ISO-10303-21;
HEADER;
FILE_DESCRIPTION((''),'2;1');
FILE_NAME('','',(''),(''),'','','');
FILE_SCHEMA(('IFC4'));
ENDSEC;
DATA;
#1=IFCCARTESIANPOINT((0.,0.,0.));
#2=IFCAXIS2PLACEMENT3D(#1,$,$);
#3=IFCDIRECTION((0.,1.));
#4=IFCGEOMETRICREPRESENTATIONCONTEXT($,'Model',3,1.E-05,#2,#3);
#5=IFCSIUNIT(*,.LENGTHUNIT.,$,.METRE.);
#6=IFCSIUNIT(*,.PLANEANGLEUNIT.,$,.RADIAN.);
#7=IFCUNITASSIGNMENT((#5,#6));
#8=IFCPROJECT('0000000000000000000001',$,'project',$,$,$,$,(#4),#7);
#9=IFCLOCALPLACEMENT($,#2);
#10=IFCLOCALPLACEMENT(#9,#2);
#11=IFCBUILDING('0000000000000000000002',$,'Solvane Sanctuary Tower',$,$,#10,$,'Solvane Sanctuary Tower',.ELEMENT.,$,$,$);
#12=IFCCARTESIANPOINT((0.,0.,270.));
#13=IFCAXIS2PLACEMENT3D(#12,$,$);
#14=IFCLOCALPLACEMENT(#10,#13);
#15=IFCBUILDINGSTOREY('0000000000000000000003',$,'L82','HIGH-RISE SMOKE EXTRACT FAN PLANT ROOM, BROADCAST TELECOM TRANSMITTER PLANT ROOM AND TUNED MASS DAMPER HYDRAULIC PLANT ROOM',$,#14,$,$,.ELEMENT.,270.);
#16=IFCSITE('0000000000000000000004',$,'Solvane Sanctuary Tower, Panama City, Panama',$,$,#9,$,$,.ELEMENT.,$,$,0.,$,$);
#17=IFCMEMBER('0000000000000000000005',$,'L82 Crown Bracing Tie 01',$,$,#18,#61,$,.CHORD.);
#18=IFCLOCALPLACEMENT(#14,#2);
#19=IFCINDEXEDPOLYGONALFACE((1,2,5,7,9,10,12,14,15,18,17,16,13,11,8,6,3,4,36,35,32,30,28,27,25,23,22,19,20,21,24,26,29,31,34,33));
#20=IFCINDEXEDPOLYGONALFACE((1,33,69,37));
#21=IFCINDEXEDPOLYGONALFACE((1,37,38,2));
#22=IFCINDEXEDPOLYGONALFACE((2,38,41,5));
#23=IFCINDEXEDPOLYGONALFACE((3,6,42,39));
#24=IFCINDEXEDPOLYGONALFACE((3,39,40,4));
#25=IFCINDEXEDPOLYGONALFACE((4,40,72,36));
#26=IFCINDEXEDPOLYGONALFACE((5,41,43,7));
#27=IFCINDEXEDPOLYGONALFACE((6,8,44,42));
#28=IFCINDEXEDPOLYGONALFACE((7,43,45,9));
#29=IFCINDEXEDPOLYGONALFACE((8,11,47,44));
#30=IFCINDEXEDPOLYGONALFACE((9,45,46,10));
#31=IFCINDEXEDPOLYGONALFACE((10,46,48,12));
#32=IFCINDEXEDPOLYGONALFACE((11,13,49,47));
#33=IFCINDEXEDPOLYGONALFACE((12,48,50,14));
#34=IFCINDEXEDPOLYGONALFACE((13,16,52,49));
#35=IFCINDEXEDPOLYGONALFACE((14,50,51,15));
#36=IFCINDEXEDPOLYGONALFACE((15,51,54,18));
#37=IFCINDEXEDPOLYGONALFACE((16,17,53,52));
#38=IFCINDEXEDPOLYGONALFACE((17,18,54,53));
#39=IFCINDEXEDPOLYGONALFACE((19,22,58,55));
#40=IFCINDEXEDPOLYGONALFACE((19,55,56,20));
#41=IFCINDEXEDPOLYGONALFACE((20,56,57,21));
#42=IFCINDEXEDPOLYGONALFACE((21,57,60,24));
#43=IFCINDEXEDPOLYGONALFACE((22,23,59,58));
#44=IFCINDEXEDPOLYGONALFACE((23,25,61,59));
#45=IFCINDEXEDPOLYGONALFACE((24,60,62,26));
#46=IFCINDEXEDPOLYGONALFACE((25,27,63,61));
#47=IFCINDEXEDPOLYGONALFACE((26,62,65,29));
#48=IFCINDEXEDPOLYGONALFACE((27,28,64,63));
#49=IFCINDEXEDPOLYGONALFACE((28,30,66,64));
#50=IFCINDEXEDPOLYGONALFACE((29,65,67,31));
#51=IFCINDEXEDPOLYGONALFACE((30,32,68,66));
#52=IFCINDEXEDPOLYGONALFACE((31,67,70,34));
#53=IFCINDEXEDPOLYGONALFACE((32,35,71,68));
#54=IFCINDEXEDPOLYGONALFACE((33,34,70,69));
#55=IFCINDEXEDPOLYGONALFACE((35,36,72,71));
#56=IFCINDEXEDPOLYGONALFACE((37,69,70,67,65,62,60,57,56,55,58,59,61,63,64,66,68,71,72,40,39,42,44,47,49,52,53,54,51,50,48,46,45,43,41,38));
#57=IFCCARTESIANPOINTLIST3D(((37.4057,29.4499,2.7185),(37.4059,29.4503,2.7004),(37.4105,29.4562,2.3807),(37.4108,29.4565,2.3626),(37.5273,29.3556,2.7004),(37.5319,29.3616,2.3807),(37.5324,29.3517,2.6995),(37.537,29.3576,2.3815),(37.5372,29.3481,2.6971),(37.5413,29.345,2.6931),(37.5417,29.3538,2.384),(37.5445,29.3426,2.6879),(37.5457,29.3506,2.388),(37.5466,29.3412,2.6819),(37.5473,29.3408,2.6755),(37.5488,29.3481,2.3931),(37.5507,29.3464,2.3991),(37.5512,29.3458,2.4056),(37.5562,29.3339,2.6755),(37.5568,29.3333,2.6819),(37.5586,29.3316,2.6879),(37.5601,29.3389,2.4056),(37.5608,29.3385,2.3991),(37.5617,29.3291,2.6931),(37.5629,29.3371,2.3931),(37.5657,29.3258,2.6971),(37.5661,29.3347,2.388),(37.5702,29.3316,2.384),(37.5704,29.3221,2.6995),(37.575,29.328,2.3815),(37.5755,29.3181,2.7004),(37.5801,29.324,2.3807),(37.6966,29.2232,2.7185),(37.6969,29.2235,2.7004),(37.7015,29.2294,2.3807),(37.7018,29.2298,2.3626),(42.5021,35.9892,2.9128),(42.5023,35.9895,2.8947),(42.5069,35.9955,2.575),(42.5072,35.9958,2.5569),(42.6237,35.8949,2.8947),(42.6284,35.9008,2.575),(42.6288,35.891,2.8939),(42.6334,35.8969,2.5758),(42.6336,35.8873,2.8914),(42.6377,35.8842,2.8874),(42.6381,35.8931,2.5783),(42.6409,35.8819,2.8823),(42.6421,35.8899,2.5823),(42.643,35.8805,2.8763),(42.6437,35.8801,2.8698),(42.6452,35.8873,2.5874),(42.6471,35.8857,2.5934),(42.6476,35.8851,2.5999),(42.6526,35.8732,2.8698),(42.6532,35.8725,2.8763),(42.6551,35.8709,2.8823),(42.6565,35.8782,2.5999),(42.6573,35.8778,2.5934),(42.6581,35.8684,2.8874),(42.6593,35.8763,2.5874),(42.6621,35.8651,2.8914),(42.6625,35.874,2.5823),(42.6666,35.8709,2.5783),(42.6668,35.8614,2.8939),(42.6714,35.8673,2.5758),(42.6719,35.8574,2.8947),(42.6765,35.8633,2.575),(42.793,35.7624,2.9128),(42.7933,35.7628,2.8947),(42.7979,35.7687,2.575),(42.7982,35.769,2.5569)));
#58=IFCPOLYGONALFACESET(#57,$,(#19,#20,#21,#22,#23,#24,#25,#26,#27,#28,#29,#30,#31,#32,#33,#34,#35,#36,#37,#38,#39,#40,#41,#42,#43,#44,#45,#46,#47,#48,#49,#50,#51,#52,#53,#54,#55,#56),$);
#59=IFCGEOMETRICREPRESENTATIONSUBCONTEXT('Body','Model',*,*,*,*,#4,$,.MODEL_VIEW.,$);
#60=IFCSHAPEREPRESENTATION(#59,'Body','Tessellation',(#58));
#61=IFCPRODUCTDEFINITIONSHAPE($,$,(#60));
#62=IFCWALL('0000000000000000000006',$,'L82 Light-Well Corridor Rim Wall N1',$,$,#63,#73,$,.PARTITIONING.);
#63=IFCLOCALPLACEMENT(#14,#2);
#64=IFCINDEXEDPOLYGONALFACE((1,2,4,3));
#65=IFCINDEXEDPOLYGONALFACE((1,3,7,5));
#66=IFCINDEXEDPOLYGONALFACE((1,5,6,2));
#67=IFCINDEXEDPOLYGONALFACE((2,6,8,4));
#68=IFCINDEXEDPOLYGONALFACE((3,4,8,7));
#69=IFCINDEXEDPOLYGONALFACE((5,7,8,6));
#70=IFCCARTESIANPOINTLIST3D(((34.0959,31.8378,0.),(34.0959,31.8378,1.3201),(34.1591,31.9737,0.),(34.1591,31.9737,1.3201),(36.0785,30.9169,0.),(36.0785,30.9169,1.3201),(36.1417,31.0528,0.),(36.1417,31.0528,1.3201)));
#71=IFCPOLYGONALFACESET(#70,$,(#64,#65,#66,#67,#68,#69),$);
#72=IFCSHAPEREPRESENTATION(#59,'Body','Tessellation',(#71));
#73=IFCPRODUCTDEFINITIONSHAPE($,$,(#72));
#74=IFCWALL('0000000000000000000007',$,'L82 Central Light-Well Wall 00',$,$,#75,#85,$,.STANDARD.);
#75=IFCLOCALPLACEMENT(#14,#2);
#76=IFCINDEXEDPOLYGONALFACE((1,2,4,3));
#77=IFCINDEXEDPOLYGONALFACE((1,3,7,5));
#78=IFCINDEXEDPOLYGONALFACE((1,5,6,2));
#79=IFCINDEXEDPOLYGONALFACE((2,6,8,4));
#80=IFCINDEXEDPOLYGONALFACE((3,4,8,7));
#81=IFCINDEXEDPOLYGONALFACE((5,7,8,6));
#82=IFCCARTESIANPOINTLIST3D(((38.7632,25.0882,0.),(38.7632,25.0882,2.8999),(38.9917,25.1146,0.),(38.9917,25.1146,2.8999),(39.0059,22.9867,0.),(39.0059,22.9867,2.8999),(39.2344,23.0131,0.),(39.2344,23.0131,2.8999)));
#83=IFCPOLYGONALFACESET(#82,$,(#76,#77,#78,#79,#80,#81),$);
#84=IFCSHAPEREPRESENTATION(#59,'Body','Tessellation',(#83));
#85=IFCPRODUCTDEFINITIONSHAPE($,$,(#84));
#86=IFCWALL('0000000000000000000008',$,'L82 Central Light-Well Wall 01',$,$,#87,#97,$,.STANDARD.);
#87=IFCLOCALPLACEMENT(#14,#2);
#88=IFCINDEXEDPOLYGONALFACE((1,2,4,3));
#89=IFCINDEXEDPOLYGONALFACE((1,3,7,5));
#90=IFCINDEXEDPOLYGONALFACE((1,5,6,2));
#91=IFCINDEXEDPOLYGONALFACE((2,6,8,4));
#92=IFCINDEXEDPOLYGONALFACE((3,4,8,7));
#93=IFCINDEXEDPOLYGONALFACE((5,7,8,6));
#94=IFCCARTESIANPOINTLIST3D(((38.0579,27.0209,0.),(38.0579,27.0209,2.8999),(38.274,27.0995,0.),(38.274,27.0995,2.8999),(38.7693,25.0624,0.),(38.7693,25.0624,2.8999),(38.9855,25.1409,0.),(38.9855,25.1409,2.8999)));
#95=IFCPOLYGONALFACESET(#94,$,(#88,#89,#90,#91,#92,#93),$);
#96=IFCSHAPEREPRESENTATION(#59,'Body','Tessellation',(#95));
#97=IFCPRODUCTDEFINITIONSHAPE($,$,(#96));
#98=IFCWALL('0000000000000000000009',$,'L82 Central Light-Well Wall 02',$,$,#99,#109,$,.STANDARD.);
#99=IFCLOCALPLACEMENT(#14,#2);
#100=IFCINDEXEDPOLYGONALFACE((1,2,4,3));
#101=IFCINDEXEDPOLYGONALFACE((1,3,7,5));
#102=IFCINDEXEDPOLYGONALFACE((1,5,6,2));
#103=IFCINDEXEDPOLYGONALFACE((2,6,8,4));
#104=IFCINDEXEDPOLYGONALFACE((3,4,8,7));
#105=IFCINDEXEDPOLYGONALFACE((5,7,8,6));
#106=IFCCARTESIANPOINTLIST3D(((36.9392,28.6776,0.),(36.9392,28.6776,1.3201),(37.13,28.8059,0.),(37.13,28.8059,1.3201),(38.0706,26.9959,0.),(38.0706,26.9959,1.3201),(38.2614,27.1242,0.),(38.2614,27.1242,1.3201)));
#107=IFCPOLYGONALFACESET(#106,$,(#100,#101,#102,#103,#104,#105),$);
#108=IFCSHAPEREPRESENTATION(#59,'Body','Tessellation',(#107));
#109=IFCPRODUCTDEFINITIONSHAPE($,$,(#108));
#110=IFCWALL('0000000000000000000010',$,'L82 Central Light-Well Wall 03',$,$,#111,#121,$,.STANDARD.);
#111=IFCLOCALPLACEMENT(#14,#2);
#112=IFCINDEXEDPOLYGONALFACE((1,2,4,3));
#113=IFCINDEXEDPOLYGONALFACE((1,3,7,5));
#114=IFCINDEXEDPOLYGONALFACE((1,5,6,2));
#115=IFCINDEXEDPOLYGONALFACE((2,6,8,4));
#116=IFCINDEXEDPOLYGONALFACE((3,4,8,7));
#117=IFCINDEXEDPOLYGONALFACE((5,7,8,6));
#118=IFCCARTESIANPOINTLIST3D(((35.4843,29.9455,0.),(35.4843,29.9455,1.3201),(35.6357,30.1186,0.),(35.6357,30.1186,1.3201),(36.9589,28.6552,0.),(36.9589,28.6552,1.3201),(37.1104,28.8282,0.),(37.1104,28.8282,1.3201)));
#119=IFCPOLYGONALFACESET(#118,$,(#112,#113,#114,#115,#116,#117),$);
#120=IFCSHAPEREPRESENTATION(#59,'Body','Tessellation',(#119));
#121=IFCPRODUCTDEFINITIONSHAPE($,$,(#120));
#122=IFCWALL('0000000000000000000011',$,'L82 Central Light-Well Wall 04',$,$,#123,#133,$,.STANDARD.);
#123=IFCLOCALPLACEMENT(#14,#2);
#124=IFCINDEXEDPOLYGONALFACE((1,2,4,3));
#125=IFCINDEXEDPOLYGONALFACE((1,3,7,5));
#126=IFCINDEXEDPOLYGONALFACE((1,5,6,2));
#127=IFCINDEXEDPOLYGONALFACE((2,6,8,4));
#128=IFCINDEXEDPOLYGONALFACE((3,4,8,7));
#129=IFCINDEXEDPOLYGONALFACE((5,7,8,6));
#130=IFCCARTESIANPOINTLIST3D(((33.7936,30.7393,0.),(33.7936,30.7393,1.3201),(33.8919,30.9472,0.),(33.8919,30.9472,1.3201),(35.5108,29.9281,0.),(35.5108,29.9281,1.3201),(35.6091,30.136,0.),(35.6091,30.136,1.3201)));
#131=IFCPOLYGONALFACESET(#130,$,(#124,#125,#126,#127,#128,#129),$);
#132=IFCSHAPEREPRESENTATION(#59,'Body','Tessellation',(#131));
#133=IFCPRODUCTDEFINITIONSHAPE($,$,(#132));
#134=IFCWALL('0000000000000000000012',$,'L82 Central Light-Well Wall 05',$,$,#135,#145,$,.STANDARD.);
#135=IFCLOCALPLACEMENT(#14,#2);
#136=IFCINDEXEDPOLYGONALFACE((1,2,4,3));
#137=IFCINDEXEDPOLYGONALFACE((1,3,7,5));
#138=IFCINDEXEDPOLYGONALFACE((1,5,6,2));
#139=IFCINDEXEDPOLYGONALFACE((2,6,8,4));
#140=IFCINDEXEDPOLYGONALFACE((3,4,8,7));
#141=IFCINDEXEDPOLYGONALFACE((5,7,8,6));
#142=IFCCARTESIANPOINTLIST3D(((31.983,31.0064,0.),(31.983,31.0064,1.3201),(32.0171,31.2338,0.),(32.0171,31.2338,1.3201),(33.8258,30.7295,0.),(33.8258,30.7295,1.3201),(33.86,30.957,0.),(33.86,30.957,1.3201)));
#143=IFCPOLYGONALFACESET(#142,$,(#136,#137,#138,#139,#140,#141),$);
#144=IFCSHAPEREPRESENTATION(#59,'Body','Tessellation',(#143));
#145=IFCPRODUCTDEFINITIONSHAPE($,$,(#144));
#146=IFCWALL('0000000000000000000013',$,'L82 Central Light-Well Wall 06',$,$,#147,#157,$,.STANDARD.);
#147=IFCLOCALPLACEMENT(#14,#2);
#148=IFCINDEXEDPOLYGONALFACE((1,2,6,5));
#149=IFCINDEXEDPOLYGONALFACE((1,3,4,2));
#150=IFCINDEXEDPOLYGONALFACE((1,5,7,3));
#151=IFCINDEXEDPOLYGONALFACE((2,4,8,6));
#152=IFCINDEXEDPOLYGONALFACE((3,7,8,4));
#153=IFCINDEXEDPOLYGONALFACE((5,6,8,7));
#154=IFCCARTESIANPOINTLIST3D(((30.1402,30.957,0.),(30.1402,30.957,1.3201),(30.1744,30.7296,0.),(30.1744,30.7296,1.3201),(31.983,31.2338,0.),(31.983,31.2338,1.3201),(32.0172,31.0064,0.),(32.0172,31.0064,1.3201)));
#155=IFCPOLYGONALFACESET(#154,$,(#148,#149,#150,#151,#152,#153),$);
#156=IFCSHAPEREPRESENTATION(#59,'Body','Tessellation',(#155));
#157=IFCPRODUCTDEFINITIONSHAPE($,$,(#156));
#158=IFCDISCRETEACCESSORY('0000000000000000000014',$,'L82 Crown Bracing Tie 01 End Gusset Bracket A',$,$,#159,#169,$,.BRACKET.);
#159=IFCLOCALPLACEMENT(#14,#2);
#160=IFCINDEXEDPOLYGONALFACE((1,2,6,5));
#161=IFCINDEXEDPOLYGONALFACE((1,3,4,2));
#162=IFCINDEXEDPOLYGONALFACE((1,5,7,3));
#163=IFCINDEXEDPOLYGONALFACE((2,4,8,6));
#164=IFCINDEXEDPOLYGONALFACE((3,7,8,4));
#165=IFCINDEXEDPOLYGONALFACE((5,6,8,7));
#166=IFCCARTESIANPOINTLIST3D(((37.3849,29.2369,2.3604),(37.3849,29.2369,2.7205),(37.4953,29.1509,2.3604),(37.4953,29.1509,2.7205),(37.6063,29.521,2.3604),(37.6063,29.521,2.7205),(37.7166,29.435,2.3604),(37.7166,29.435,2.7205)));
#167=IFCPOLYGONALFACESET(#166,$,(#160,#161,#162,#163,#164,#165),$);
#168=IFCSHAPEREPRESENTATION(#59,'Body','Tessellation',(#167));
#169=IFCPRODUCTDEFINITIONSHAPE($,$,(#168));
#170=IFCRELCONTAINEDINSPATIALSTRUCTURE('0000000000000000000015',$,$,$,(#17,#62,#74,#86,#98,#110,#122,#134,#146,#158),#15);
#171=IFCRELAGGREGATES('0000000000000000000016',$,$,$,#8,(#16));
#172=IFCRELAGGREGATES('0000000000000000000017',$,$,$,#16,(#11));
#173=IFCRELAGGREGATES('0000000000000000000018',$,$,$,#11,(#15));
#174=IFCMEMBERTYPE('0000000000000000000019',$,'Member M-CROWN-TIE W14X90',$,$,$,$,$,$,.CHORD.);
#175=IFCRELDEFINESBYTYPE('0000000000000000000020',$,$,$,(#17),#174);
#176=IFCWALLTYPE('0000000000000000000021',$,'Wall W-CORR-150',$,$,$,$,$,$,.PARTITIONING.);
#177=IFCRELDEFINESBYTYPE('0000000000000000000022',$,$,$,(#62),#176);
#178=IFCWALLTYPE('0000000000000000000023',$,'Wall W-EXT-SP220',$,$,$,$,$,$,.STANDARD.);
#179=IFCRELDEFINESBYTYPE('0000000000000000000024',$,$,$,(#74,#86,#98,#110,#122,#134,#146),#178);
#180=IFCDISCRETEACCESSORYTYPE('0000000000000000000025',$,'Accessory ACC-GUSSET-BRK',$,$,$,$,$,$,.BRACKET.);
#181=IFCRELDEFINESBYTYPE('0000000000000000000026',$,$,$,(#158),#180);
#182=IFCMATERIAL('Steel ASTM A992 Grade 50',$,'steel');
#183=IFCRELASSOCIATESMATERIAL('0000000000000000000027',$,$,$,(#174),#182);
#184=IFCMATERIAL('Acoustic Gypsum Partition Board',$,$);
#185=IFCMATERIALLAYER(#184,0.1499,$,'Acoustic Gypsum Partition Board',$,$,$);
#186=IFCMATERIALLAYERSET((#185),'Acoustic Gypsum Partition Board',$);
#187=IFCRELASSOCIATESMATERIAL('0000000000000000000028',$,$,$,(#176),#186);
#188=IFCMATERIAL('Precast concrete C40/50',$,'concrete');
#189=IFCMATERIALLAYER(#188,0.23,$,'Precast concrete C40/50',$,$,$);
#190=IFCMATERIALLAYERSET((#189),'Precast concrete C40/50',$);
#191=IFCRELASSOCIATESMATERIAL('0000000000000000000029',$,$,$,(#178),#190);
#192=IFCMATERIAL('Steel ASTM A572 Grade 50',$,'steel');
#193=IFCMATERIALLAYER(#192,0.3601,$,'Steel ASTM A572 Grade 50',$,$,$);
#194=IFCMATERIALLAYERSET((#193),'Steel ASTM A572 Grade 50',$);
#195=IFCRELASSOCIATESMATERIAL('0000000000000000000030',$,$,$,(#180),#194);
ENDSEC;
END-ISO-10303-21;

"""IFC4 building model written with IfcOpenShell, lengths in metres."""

from ifc_helpers import new_model, si_unit, direction, frame, frame_2d, origin, origin_2d, place, context, subcontext, project, spatial, rectangle, i_section, extrude, material, layer, layer_set, material_profile, profile_set, type_object, element, save


model = new_model("IFC4")

# Units and contexts
model_context = context("Model", 3, precision=1e-05, world=origin(), true_north=direction((0.0, 1.0)))
body_context = subcontext(model_context, "Body", "Model", "MODEL_VIEW")
ifc_project = project(units=[si_unit("LENGTHUNIT", "METRE"), si_unit("PLANEANGLEUNIT", "RADIAN")], contexts=[model_context])

# Site, building, storey
site_placement = place(None, origin())
site = spatial("IfcSite", under=ifc_project, at=site_placement, Name="Solvane Sanctuary Tower, Panama City, Panama", CompositionType="ELEMENT", RefElevation=0.0)
building_placement = place(site_placement, origin())
building = spatial("IfcBuilding", under=site, at=building_placement, Name="Solvane Sanctuary Tower", LongName="Solvane Sanctuary Tower", CompositionType="ELEMENT")
storey_placement = place(building_placement, frame((0.0, 0.0, 270.0)))
storey = spatial("IfcBuildingStorey", under=building, at=storey_placement, Name="L82", Description="HIGH-RISE SMOKE EXTRACT FAN PLANT ROOM, BROADCAST TELECOM TRANSMITTER PLANT ROOM AND TUNED MASS DAMPER HYDRAULIC PLANT ROOM", CompositionType="ELEMENT", Elevation=270.0)

# Shared definitions
ifc_material_1 = material(Name="Steel ASTM A992 Grade 50", Category="steel")

# Member
ifc_material_profile_1 = material_profile(ifc_material_1, i_section(OverallWidth=0.3689, OverallDepth=0.356, WebThickness=0.0112, FlangeThickness=0.0181, FilletRadius=0.0249, at=origin_2d()), Name="W14X90")
ifc_profile_set_1 = profile_set([ifc_material_profile_1], Name="Steel ASTM A992 Grade 50")
member_type = type_object("IfcMemberType", Name="Member M-CROWN-TIE W14X90", PredefinedType="CHORD", material=ifc_profile_set_1)
member_placement = place(storey_placement, frame((37.5537, 29.3398, 2.5405), z_axis=(0.614546, 0.788533, 0.023434), x_axis=(-0.788749, 0.614715, 0.0)))
element("IfcMember", 1, at=member_placement, inside=storey, type_object=member_type, Name="L82 Crown Bracing Tie 01", PredefinedType="CHORD", context=body_context, shape_type="SweptSolid", body=[
    extrude(i_section(OverallWidth=0.3689, OverallDepth=0.356, WebThickness=0.0112, FlangeThickness=0.0181, FilletRadius=0.0249, at=origin_2d()), origin(), (0.0, 0.0, 1.0), 8.293),
])

# Walls
ifc_material_2 = material(Name="Acoustic Gypsum Partition Board")
ifc_layer_1 = layer(ifc_material_2, 0.1499, Name="Acoustic Gypsum Partition Board")
ifc_layer_set_1 = layer_set([ifc_layer_1], Name="Acoustic Gypsum Partition Board")
wall_type_1 = type_object("IfcWallType", Name="Wall W-CORR-150", PredefinedType="PARTITIONING", material=ifc_layer_set_1)
wall_1_placement = place(storey_placement, frame((36.1101, 30.9849, 0.0), z_axis=(0.0, 0.0, 1.0), x_axis=(-0.906943, 0.421252, 0.0)))
element("IfcWall", 2, at=wall_1_placement, inside=storey, type_object=wall_type_1, Name="L82 Light-Well Corridor Rim Wall N1", PredefinedType="PARTITIONING", context=body_context, shape_type="SweptSolid", body=[
    extrude(rectangle(XDim=2.186, YDim=0.1499, at=frame_2d((1.093, 0.0))), origin(), (0.0, 0.0, 1.0), 1.3201),
])
ifc_material_3 = material(Name="Precast concrete C40/50", Category="concrete")
ifc_layer_2 = layer(ifc_material_3, 0.23, Name="Precast concrete C40/50")
ifc_layer_set_2 = layer_set([ifc_layer_2], Name="Precast concrete C40/50")
wall_type_2 = type_object("IfcWallType", Name="Wall W-EXT-SP220", PredefinedType="STANDARD", material=ifc_layer_set_2)
wall_2_placement = place(storey_placement, frame((39.1201, 23.0, 0.0), z_axis=(0.0, 0.0, 1.0), x_axis=(-0.114712, 0.993399, 0.0)))
element("IfcWall", 3, at=wall_2_placement, inside=storey, type_object=wall_type_2, Name="L82 Central Light-Well Wall 00", PredefinedType="STANDARD", context=body_context, shape_type="SweptSolid", body=[
    extrude(rectangle(XDim=2.1155, YDim=0.23, at=frame_2d((1.0576, 0.0))), origin(), (0.0, 0.0, 1.0), 2.8999),
])
wall_3_placement = place(storey_placement, frame((38.8774, 25.1016, 0.0), z_axis=(0.0, 0.0, 1.0), x_axis=(-0.341423, 0.93991, 0.0)))
element("IfcWall", 4, at=wall_3_placement, inside=storey, type_object=wall_type_2, Name="L82 Central Light-Well Wall 01", PredefinedType="STANDARD", context=body_context, shape_type="SweptSolid", body=[
    extrude(rectangle(XDim=2.0837, YDim=0.23, at=frame_2d((1.042, 0.0))), origin(), (0.0, 0.0, 1.0), 2.8999),
])
wall_4_placement = place(storey_placement, frame((38.166, 27.0601, 0.0), z_axis=(0.0, 0.0, 1.0), x_axis=(-0.558198, 0.829708, 0.0)))
element("IfcWall", 5, at=wall_4_placement, inside=storey, type_object=wall_type_2, Name="L82 Central Light-Well Wall 02", PredefinedType="STANDARD", context=body_context, shape_type="SweptSolid", body=[
    extrude(rectangle(XDim=2.0269, YDim=0.23, at=frame_2d((1.0134, 0.0))), origin(), (0.0, 0.0, 1.0), 1.3201),
])
wall_5_placement = place(storey_placement, frame((37.0347, 28.7417, 0.0), z_axis=(0.0, 0.0, 1.0), x_axis=(-0.752577, 0.658505, 0.0)))
element("IfcWall", 6, at=wall_5_placement, inside=storey, type_object=wall_type_2, Name="L82 Central Light-Well Wall 03", PredefinedType="STANDARD", context=body_context, shape_type="SweptSolid", body=[
    extrude(rectangle(XDim=1.9595, YDim=0.23, at=frame_2d((0.9797, 0.0))), origin(), (0.0, 0.0, 1.0), 1.3201),
])
wall_6_placement = place(storey_placement, frame((35.5601, 30.032, 0.0), z_axis=(0.0, 0.0, 1.0), x_axis=(-0.90418, 0.427152, 0.0)))
element("IfcWall", 7, at=wall_6_placement, inside=storey, type_object=wall_type_2, Name="L82 Central Light-Well Wall 04", PredefinedType="STANDARD", context=body_context, shape_type="SweptSolid", body=[
    extrude(rectangle(XDim=1.8992, YDim=0.23, at=frame_2d((0.9497, 0.0))), origin(), (0.0, 0.0, 1.0), 1.3201),
])
for number, where, z_axis, x_axis, name in (
    (8, (33.8428, 30.8433, 0.0), (0.0, 0.0, 1.0), (-0.988902, 0.148571, 0.0), "L82 Central Light-Well Wall 05"),
    (9, (32.0, 31.1201, 0.0), (0.0, 0.0, 1.0), (-0.988902, -0.148571, 0.0), "L82 Central Light-Well Wall 06"),
):
    element("IfcWall", number, at=place(storey_placement, frame(where, z_axis=z_axis, x_axis=x_axis)), inside=storey, type_object=wall_type_2, Name=name, PredefinedType="STANDARD", context=body_context, shape_type="SweptSolid", body=[
        extrude(rectangle(XDim=1.8635, YDim=0.23, at=frame_2d((0.9316, 0.0))), origin(), (0.0, 0.0, 1.0), 1.3201),
    ])

# Discrete accessory
ifc_material_4 = material(Name="Steel ASTM A572 Grade 50", Category="steel")
ifc_layer_3 = layer(ifc_material_4, 0.3601, Name="Steel ASTM A572 Grade 50")
ifc_layer_set_3 = layer_set([ifc_layer_3], Name="Steel ASTM A572 Grade 50")
discrete_accessory_type = type_object("IfcDiscreteAccessoryType", Name="Accessory ACC-GUSSET-BRK", PredefinedType="BRACKET", material=ifc_layer_set_3)
discrete_accessory_placement = place(storey_placement, frame((37.5508, 29.3359, 2.3604), z_axis=(0.0, 0.0, 1.0), x_axis=(0.614698, 0.788762, 0.0)))
element("IfcDiscreteAccessory", 10, at=discrete_accessory_placement, inside=storey, type_object=discrete_accessory_type, Name="L82 Crown Bracing Tie 01 End Gusset Bracket A", PredefinedType="BRACKET", context=body_context, shape_type="SweptSolid", body=[
    extrude(rectangle(XDim=0.3601, YDim=0.1399, at=origin_2d()), origin(), (0.0, 0.0, 1.0), 0.3601),
])

save(model, "model.ifc")
